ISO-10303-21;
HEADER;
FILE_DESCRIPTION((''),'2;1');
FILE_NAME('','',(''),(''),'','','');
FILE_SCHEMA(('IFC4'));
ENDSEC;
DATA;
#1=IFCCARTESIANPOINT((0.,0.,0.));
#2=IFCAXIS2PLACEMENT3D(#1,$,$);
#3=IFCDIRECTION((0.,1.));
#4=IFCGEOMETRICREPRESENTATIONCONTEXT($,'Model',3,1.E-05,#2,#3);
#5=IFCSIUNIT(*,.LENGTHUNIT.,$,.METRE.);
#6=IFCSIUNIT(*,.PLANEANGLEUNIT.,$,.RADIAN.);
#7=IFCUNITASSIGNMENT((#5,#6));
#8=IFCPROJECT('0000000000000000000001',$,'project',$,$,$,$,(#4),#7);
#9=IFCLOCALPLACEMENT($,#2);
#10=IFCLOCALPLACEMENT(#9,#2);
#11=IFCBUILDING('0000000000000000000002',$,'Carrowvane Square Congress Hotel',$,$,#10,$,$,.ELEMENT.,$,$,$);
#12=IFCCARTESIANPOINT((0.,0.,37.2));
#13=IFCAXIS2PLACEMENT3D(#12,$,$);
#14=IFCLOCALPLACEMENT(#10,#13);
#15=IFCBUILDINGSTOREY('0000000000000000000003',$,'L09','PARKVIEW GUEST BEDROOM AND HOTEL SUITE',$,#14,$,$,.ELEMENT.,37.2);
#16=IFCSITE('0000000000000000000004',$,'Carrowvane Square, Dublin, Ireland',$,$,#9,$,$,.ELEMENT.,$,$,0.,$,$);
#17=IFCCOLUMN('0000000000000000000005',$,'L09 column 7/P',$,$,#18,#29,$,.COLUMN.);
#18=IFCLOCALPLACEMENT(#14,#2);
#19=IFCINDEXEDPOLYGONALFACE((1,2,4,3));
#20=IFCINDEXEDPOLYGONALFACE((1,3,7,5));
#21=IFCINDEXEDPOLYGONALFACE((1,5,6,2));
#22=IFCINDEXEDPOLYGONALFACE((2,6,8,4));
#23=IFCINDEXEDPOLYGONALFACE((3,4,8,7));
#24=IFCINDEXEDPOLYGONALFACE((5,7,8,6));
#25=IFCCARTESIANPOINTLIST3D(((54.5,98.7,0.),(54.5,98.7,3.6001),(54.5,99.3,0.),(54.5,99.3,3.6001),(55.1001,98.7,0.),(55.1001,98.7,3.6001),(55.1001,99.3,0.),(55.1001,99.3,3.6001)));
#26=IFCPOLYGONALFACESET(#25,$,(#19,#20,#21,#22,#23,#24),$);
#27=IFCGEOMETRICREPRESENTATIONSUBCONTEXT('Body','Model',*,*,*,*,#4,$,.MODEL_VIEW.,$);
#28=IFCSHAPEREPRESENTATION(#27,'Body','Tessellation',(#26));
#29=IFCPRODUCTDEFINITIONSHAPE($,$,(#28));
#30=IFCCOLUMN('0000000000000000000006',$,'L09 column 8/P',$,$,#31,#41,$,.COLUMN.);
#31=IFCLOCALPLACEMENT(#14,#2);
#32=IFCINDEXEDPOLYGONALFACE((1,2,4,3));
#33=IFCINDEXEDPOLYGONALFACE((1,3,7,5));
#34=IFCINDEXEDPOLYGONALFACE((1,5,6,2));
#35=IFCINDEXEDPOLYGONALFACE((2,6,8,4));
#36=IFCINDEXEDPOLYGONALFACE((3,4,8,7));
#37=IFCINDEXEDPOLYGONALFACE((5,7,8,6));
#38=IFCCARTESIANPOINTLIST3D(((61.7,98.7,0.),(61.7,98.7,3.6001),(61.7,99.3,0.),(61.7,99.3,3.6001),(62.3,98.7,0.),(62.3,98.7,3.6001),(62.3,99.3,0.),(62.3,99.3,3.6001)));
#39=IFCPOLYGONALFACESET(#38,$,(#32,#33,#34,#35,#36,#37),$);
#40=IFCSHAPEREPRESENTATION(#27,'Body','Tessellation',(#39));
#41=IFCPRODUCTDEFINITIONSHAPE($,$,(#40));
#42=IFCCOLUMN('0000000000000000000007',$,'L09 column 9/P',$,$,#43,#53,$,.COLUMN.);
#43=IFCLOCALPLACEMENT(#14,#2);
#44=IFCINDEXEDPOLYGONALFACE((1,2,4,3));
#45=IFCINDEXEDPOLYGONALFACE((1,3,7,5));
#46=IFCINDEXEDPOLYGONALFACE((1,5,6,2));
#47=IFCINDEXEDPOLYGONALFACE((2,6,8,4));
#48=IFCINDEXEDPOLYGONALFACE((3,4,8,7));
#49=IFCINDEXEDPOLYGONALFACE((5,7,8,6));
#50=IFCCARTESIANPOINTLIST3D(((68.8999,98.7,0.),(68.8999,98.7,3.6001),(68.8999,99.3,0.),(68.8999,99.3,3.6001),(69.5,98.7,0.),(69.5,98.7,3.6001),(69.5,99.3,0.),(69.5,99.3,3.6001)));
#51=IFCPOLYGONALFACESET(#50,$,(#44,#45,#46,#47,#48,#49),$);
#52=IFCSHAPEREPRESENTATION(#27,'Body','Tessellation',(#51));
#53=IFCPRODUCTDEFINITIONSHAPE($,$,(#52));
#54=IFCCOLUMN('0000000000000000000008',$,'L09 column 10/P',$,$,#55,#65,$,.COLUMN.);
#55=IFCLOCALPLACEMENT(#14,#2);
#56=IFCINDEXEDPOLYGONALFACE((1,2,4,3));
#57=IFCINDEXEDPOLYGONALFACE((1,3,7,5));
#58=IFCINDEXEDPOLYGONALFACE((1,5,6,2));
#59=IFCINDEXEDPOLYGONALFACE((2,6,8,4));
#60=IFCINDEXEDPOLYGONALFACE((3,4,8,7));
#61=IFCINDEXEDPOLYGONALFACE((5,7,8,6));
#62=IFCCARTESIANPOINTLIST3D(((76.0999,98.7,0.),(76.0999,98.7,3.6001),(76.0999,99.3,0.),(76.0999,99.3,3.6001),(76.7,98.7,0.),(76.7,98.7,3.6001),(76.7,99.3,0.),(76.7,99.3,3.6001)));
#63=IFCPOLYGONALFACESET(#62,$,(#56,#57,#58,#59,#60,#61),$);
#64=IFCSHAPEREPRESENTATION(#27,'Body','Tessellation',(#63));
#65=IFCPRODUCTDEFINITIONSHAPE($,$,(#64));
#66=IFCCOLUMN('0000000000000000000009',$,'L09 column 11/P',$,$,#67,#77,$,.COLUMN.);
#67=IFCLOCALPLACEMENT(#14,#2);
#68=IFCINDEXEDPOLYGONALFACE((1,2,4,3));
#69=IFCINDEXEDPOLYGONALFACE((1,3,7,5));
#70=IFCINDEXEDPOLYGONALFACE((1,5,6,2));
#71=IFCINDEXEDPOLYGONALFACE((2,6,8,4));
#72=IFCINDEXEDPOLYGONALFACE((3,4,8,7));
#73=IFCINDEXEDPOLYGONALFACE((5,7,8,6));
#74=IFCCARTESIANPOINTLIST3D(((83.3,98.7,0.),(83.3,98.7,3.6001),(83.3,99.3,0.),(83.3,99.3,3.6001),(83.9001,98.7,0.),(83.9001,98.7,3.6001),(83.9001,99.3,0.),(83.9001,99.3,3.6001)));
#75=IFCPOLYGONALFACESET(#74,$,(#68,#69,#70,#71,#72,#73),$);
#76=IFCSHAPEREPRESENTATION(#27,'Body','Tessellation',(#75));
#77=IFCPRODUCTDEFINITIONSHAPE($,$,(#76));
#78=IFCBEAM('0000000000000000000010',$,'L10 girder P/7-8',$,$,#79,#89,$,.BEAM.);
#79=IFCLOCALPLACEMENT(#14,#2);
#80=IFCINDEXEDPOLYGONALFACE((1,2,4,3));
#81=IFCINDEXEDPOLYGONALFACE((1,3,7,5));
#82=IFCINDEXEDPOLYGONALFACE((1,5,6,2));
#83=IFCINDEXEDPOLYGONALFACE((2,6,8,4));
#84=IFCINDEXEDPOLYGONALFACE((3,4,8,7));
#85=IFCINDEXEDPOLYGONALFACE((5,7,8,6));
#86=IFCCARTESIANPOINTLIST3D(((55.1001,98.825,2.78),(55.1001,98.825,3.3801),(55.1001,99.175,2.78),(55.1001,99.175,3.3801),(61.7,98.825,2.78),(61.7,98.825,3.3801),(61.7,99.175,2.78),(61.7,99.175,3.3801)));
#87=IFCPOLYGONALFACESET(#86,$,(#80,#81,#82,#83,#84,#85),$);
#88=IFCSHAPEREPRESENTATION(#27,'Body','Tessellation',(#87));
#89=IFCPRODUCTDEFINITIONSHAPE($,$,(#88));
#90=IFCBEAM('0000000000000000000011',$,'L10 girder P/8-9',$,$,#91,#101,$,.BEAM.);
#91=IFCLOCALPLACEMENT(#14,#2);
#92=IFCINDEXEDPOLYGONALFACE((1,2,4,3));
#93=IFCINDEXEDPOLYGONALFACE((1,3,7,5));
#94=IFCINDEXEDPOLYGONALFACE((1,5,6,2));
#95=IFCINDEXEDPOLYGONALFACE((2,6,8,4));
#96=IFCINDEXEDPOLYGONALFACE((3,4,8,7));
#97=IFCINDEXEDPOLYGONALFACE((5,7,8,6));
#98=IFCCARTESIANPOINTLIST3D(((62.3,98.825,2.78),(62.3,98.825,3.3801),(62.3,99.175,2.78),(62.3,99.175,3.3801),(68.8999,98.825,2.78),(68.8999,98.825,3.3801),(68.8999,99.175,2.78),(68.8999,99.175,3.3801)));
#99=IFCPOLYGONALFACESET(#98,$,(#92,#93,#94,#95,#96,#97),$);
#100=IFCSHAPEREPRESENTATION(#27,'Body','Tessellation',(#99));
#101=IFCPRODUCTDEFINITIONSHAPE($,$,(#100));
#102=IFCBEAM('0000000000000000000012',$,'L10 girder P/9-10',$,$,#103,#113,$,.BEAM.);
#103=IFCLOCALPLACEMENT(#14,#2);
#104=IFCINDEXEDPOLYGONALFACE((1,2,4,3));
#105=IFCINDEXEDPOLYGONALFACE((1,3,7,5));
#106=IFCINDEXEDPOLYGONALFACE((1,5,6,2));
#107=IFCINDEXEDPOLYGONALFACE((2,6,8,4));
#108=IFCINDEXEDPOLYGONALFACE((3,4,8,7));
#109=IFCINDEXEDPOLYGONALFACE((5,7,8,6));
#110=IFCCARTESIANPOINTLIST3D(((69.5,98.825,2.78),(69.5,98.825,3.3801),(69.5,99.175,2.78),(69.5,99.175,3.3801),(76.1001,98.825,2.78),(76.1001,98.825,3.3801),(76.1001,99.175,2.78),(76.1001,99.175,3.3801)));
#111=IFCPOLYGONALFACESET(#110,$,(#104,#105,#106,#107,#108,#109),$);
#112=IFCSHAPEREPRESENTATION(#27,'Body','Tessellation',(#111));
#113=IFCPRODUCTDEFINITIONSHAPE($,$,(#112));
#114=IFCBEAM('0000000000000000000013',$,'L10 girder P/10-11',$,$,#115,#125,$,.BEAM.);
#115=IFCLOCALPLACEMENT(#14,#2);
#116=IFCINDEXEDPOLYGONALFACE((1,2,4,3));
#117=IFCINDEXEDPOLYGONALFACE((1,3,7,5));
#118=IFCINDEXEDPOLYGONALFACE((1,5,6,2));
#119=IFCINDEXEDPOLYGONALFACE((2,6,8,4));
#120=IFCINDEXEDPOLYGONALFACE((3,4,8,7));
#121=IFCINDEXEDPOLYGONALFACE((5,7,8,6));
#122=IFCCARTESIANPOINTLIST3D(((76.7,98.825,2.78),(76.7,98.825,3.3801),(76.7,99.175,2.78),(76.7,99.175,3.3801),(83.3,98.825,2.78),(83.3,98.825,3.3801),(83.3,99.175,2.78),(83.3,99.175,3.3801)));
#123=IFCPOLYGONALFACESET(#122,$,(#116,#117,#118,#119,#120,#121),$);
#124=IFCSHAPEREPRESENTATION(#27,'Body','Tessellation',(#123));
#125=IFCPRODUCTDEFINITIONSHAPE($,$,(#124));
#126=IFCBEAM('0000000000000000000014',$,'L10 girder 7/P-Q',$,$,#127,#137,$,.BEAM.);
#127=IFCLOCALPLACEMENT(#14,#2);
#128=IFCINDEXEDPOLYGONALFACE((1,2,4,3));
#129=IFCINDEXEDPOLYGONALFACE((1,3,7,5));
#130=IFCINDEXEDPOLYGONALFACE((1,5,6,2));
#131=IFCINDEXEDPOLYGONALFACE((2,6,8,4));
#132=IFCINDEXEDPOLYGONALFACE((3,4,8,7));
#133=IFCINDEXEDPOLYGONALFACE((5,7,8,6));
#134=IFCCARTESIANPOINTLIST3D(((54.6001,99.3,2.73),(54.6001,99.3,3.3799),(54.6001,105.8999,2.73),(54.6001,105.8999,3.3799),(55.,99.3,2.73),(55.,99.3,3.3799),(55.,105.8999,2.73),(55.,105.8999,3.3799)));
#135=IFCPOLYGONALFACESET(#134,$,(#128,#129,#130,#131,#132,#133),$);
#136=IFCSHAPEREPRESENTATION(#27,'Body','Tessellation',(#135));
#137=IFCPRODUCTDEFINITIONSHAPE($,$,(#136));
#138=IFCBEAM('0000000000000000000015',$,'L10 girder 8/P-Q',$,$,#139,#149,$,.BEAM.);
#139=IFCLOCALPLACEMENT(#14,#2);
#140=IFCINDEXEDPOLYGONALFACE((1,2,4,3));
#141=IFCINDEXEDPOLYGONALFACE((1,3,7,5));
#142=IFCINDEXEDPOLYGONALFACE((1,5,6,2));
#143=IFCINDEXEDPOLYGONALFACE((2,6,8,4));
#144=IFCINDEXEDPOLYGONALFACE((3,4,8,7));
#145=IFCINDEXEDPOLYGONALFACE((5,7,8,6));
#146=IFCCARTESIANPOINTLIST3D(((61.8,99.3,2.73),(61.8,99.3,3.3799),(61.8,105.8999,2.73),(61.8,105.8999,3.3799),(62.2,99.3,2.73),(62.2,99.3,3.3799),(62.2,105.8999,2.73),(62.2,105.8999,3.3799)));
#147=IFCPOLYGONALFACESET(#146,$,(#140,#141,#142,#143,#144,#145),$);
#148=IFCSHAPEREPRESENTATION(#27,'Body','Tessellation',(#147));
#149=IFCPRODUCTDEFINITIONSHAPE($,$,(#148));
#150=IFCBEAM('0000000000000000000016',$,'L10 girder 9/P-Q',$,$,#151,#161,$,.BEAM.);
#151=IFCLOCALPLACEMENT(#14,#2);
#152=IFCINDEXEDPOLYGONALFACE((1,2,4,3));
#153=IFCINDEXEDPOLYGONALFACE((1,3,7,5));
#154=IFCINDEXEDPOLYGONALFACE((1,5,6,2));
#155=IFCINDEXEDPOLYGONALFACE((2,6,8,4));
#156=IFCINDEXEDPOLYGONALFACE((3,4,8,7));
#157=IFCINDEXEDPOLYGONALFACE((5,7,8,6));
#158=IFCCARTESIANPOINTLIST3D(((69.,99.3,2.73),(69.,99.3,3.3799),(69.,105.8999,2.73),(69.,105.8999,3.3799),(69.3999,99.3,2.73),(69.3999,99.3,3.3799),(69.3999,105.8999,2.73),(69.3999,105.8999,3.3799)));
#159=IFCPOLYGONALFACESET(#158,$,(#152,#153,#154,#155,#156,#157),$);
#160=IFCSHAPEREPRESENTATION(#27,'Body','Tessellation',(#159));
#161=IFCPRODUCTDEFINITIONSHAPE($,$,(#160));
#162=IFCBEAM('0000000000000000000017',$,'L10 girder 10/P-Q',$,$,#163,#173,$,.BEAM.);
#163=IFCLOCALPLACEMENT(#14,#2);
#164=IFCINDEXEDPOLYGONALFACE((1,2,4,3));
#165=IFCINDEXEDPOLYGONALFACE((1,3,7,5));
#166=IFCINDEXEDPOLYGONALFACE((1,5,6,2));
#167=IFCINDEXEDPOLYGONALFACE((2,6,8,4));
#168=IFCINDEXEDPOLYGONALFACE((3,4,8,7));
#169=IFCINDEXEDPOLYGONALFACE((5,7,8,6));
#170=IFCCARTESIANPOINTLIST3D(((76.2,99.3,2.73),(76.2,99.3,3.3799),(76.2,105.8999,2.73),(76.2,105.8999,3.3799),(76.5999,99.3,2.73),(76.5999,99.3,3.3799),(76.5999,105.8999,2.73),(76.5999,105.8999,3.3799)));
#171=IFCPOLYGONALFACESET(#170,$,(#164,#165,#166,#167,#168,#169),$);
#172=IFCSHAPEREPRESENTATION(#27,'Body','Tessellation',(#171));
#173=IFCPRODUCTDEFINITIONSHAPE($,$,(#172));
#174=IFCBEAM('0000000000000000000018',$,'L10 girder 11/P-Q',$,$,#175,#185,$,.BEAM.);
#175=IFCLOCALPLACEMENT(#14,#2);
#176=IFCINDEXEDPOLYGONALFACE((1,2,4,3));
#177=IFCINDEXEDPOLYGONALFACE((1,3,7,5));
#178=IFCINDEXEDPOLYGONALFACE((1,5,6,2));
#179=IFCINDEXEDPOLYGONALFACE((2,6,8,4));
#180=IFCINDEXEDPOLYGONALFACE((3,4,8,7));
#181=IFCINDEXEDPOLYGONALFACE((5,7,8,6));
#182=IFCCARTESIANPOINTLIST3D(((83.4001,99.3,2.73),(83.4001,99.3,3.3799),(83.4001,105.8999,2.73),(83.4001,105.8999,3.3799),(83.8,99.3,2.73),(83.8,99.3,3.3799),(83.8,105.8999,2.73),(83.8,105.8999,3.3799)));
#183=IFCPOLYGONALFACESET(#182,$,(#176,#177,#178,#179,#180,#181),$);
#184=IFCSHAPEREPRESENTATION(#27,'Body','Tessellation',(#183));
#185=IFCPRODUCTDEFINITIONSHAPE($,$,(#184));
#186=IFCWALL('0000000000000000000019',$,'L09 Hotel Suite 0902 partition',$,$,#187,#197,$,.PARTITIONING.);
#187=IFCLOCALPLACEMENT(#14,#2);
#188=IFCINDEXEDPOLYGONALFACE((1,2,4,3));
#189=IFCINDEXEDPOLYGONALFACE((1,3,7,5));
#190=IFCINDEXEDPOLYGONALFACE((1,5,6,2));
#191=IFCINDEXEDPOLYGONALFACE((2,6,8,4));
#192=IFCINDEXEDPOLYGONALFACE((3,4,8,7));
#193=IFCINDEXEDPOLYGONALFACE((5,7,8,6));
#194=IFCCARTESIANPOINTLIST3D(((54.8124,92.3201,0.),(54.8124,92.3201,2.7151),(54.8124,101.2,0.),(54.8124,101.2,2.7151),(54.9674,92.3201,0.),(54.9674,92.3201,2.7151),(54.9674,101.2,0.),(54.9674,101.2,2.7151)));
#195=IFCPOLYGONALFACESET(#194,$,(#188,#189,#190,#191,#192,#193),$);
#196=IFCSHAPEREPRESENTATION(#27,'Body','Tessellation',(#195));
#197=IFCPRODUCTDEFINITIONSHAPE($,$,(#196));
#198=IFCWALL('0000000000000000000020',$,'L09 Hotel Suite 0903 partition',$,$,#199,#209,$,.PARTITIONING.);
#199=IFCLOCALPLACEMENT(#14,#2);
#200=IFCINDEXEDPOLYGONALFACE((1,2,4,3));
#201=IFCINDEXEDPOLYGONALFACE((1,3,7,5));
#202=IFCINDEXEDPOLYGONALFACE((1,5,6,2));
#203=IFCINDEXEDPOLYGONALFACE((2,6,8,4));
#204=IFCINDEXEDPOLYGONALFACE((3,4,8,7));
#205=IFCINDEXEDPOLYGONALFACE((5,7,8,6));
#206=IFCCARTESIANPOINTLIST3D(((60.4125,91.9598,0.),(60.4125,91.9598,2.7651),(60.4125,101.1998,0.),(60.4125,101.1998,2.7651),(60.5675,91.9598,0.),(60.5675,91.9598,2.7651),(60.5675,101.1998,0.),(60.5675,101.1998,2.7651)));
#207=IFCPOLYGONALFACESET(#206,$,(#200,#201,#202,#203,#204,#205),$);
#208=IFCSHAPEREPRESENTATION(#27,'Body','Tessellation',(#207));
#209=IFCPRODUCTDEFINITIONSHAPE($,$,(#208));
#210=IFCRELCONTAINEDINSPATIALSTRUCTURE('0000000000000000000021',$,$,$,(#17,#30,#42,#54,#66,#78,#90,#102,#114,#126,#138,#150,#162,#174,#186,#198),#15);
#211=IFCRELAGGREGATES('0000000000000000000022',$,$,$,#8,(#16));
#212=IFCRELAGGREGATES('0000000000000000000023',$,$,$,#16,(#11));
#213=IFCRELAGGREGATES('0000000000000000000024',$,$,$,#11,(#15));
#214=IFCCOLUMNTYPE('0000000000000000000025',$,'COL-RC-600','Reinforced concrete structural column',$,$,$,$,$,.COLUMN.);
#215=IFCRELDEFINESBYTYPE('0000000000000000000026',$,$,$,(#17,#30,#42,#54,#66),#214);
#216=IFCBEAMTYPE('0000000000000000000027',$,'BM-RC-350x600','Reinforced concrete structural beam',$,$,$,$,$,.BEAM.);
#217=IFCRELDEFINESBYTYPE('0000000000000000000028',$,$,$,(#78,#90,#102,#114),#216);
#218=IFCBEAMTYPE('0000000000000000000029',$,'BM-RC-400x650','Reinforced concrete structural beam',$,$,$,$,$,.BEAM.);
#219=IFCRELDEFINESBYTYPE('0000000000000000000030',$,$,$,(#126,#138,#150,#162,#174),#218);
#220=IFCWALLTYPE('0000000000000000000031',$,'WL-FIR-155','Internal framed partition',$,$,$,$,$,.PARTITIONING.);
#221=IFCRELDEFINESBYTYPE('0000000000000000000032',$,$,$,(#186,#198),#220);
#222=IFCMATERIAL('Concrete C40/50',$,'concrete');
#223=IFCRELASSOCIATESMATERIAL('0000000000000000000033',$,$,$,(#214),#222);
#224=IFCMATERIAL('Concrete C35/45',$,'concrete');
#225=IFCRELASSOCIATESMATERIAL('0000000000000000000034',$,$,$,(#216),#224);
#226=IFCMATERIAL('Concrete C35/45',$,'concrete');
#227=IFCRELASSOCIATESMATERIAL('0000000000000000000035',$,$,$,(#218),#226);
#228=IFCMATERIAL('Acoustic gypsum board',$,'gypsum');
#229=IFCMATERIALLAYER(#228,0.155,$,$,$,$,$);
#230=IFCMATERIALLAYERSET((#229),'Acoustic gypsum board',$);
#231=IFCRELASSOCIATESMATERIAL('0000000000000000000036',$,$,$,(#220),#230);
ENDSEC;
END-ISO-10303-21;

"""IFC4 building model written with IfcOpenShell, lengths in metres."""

from ifc_helpers import new_model, si_unit, direction, frame, frame_2d, origin, origin_2d, place, context, subcontext, project, spatial, rectangle, extrude, material, layer, layer_set, material_profile, profile_set, type_object, element, save


model = new_model("IFC4")

# Units and contexts
model_context = context("Model", 3, precision=1e-05, world=origin(), true_north=direction((0.0, 1.0)))
body_context = subcontext(model_context, "Body", "Model", "MODEL_VIEW")
ifc_project = project(units=[si_unit("LENGTHUNIT", "METRE"), si_unit("PLANEANGLEUNIT", "RADIAN")], contexts=[model_context])

# Site, building, storey
site_placement = place(None, origin())
site = spatial("IfcSite", under=ifc_project, at=site_placement, Name="Carrowvane Square, Dublin, Ireland", CompositionType="ELEMENT", RefElevation=0.0)
building_placement = place(site_placement, origin())
building = spatial("IfcBuilding", under=site, at=building_placement, Name="Carrowvane Square Congress Hotel", CompositionType="ELEMENT")
storey_placement = place(building_placement, frame((0.0, 0.0, 37.2)))
storey = spatial("IfcBuildingStorey", under=building, at=storey_placement, Name="L09", Description="PARKVIEW GUEST BEDROOM AND HOTEL SUITE", CompositionType="ELEMENT", Elevation=37.2)

# Columns
ifc_material_1 = material(Name="Concrete C40/50", Category="concrete")
ifc_material_profile_1 = material_profile(ifc_material_1, rectangle(XDim=0.6001, YDim=0.6001, at=origin_2d()), Name="RC 600x600")
ifc_profile_set_1 = profile_set([ifc_material_profile_1], Name="Concrete C40/50")
column_type = type_object("IfcColumnType", Name="COL-RC-600", Description="Reinforced concrete structural column", PredefinedType="COLUMN", material=ifc_profile_set_1)
for number, where, z_axis, x_axis, name in (
    (1, (54.8, 99.0, 0.0), (0.0, 0.0, 1.0), (1.0, 0.0, 0.0), "L09 column 7/P"),
    (2, (62.0, 99.0, 0.0), (0.0, 0.0, 1.0), (1.0, 0.0, 0.0), "L09 column 8/P"),
    (3, (69.2, 99.0, 0.0), (0.0, 0.0, 1.0), (1.0, 0.0, 0.0), "L09 column 9/P"),
    (4, (76.3999, 99.0, 0.0), (0.0, 0.0, 1.0), (1.0, 0.0, 0.0), "L09 column 10/P"),
    (5, (83.6001, 99.0, 0.0), (0.0, 0.0, 1.0), (1.0, 0.0, 0.0), "L09 column 11/P"),
):
    element("IfcColumn", number, at=place(storey_placement, frame(where, z_axis=z_axis, x_axis=x_axis)), inside=storey, type_object=column_type, Name=name, PredefinedType="COLUMN", context=body_context, shape_type="SweptSolid", body=[
        extrude(rectangle(XDim=0.6001, YDim=0.6001, at=origin_2d()), origin(), (0.0, 0.0, 1.0), 3.6001),
    ])

# Beams
ifc_material_2 = material(Name="Concrete C35/45", Category="concrete")
ifc_material_profile_2 = material_profile(ifc_material_2, rectangle(XDim=0.3501, YDim=0.6001, at=origin_2d()), Name="RC 350x600")
ifc_profile_set_2 = profile_set([ifc_material_profile_2], Name="Concrete C35/45")
beam_type_1 = type_object("IfcBeamType", Name="BM-RC-350x600", Description="Reinforced concrete structural beam", PredefinedType="BEAM", material=ifc_profile_set_2)
for number, where, z_axis, x_axis, name in (
    (6, (55.1001, 99.0, 3.0801), (1.0, 0.0, 0.0), (0.0, 1.0, 0.0), "L10 girder P/7-8"),
    (7, (62.3, 99.0, 3.0801), (1.0, 0.0, 0.0), (0.0, 1.0, 0.0), "L10 girder P/8-9"),
):
    element("IfcBeam", number, at=place(storey_placement, frame(where, z_axis=z_axis, x_axis=x_axis)), inside=storey, type_object=beam_type_1, Name=name, PredefinedType="BEAM", context=body_context, shape_type="SweptSolid", body=[
        extrude(rectangle(XDim=0.3501, YDim=0.6001, at=origin_2d()), origin(), (0.0, 0.0, 1.0), 6.5999),
    ])
for number, where, z_axis, x_axis, name in (
    (8, (69.5, 99.0, 3.0801), (1.0, 0.0, 0.0), (0.0, 1.0, 0.0), "L10 girder P/9-10"),
    (9, (76.7, 99.0, 3.0801), (1.0, 0.0, 0.0), (0.0, 1.0, 0.0), "L10 girder P/10-11"),
):
    element("IfcBeam", number, at=place(storey_placement, frame(where, z_axis=z_axis, x_axis=x_axis)), inside=storey, type_object=beam_type_1, Name=name, PredefinedType="BEAM", context=body_context, shape_type="SweptSolid", body=[
        extrude(rectangle(XDim=0.3501, YDim=0.6001, at=origin_2d()), origin(), (0.0, 0.0, 1.0), 6.6001),
    ])
ifc_material_3 = material(Name="Concrete C35/45", Category="concrete")
ifc_material_profile_3 = material_profile(ifc_material_3, rectangle(XDim=0.3999, YDim=0.6499, at=origin_2d()), Name="RC 400x650")
ifc_profile_set_3 = profile_set([ifc_material_profile_3], Name="Concrete C35/45")
beam_type_2 = type_object("IfcBeamType", Name="BM-RC-400x650", Description="Reinforced concrete structural beam", PredefinedType="BEAM", material=ifc_profile_set_3)
for number, where, z_axis, x_axis, name in (
    (10, (54.8, 99.3, 3.0549), (0.0, 1.0, 0.0), (-1.0, 0.0, 0.0), "L10 girder 7/P-Q"),
    (11, (62.0, 99.3, 3.0549), (0.0, 1.0, 0.0), (-1.0, 0.0, 0.0), "L10 girder 8/P-Q"),
    (12, (69.2, 99.3, 3.0549), (0.0, 1.0, 0.0), (-1.0, 0.0, 0.0), "L10 girder 9/P-Q"),
    (13, (76.3999, 99.3, 3.0549), (0.0, 1.0, 0.0), (-1.0, 0.0, 0.0), "L10 girder 10/P-Q"),
    (14, (83.6001, 99.3, 3.0549), (0.0, 1.0, 0.0), (-1.0, 0.0, 0.0), "L10 girder 11/P-Q"),
):
    element("IfcBeam", number, at=place(storey_placement, frame(where, z_axis=z_axis, x_axis=x_axis)), inside=storey, type_object=beam_type_2, Name=name, PredefinedType="BEAM", context=body_context, shape_type="SweptSolid", body=[
        extrude(rectangle(XDim=0.3999, YDim=0.6499, at=origin_2d()), origin(), (0.0, 0.0, 1.0), 6.5999),
    ])

# Walls
ifc_material_4 = material(Name="Acoustic gypsum board", Category="gypsum")
ifc_layer_1 = layer(ifc_material_4, 0.155)
ifc_layer_set_1 = layer_set([ifc_layer_1], Name="Acoustic gypsum board")
wall_type_1 = type_object("IfcWallType", Name="WL-FIR-155", Description="Internal framed partition", PredefinedType="PARTITIONING", material=ifc_layer_set_1)
wall_1_placement = place(storey_placement, frame((54.8899, 101.2, 0.0), z_axis=(0.0, 0.0, 1.0), x_axis=(0.0, -1.0, 0.0)))
element("IfcWall", 15, at=wall_1_placement, inside=storey, type_object=wall_type_1, Name="L09 Hotel Suite 0902 partition", PredefinedType="PARTITIONING", context=body_context, shape_type="SweptSolid", body=[
    extrude(rectangle(XDim=8.8799, YDim=0.155, at=frame_2d((4.4399, 0.0))), origin(), (0.0, 0.0, 1.0), 2.7151),
])
wall_2_placement = place(storey_placement, frame((60.49, 101.2, 0.0), z_axis=(0.0, 0.0, 1.0), x_axis=(0.0, -1.0, 0.0)))
element("IfcWall", 16, at=wall_2_placement, inside=storey, type_object=wall_type_1, Name="L09 Hotel Suite 0903 partition", PredefinedType="PARTITIONING", context=body_context, shape_type="SweptSolid", body=[
    extrude(rectangle(XDim=9.24, YDim=0.155, at=frame_2d((4.6201, 0.0))), origin(), (0.0, 0.0, 1.0), 2.7651),
])

save(model, "model.ifc")
